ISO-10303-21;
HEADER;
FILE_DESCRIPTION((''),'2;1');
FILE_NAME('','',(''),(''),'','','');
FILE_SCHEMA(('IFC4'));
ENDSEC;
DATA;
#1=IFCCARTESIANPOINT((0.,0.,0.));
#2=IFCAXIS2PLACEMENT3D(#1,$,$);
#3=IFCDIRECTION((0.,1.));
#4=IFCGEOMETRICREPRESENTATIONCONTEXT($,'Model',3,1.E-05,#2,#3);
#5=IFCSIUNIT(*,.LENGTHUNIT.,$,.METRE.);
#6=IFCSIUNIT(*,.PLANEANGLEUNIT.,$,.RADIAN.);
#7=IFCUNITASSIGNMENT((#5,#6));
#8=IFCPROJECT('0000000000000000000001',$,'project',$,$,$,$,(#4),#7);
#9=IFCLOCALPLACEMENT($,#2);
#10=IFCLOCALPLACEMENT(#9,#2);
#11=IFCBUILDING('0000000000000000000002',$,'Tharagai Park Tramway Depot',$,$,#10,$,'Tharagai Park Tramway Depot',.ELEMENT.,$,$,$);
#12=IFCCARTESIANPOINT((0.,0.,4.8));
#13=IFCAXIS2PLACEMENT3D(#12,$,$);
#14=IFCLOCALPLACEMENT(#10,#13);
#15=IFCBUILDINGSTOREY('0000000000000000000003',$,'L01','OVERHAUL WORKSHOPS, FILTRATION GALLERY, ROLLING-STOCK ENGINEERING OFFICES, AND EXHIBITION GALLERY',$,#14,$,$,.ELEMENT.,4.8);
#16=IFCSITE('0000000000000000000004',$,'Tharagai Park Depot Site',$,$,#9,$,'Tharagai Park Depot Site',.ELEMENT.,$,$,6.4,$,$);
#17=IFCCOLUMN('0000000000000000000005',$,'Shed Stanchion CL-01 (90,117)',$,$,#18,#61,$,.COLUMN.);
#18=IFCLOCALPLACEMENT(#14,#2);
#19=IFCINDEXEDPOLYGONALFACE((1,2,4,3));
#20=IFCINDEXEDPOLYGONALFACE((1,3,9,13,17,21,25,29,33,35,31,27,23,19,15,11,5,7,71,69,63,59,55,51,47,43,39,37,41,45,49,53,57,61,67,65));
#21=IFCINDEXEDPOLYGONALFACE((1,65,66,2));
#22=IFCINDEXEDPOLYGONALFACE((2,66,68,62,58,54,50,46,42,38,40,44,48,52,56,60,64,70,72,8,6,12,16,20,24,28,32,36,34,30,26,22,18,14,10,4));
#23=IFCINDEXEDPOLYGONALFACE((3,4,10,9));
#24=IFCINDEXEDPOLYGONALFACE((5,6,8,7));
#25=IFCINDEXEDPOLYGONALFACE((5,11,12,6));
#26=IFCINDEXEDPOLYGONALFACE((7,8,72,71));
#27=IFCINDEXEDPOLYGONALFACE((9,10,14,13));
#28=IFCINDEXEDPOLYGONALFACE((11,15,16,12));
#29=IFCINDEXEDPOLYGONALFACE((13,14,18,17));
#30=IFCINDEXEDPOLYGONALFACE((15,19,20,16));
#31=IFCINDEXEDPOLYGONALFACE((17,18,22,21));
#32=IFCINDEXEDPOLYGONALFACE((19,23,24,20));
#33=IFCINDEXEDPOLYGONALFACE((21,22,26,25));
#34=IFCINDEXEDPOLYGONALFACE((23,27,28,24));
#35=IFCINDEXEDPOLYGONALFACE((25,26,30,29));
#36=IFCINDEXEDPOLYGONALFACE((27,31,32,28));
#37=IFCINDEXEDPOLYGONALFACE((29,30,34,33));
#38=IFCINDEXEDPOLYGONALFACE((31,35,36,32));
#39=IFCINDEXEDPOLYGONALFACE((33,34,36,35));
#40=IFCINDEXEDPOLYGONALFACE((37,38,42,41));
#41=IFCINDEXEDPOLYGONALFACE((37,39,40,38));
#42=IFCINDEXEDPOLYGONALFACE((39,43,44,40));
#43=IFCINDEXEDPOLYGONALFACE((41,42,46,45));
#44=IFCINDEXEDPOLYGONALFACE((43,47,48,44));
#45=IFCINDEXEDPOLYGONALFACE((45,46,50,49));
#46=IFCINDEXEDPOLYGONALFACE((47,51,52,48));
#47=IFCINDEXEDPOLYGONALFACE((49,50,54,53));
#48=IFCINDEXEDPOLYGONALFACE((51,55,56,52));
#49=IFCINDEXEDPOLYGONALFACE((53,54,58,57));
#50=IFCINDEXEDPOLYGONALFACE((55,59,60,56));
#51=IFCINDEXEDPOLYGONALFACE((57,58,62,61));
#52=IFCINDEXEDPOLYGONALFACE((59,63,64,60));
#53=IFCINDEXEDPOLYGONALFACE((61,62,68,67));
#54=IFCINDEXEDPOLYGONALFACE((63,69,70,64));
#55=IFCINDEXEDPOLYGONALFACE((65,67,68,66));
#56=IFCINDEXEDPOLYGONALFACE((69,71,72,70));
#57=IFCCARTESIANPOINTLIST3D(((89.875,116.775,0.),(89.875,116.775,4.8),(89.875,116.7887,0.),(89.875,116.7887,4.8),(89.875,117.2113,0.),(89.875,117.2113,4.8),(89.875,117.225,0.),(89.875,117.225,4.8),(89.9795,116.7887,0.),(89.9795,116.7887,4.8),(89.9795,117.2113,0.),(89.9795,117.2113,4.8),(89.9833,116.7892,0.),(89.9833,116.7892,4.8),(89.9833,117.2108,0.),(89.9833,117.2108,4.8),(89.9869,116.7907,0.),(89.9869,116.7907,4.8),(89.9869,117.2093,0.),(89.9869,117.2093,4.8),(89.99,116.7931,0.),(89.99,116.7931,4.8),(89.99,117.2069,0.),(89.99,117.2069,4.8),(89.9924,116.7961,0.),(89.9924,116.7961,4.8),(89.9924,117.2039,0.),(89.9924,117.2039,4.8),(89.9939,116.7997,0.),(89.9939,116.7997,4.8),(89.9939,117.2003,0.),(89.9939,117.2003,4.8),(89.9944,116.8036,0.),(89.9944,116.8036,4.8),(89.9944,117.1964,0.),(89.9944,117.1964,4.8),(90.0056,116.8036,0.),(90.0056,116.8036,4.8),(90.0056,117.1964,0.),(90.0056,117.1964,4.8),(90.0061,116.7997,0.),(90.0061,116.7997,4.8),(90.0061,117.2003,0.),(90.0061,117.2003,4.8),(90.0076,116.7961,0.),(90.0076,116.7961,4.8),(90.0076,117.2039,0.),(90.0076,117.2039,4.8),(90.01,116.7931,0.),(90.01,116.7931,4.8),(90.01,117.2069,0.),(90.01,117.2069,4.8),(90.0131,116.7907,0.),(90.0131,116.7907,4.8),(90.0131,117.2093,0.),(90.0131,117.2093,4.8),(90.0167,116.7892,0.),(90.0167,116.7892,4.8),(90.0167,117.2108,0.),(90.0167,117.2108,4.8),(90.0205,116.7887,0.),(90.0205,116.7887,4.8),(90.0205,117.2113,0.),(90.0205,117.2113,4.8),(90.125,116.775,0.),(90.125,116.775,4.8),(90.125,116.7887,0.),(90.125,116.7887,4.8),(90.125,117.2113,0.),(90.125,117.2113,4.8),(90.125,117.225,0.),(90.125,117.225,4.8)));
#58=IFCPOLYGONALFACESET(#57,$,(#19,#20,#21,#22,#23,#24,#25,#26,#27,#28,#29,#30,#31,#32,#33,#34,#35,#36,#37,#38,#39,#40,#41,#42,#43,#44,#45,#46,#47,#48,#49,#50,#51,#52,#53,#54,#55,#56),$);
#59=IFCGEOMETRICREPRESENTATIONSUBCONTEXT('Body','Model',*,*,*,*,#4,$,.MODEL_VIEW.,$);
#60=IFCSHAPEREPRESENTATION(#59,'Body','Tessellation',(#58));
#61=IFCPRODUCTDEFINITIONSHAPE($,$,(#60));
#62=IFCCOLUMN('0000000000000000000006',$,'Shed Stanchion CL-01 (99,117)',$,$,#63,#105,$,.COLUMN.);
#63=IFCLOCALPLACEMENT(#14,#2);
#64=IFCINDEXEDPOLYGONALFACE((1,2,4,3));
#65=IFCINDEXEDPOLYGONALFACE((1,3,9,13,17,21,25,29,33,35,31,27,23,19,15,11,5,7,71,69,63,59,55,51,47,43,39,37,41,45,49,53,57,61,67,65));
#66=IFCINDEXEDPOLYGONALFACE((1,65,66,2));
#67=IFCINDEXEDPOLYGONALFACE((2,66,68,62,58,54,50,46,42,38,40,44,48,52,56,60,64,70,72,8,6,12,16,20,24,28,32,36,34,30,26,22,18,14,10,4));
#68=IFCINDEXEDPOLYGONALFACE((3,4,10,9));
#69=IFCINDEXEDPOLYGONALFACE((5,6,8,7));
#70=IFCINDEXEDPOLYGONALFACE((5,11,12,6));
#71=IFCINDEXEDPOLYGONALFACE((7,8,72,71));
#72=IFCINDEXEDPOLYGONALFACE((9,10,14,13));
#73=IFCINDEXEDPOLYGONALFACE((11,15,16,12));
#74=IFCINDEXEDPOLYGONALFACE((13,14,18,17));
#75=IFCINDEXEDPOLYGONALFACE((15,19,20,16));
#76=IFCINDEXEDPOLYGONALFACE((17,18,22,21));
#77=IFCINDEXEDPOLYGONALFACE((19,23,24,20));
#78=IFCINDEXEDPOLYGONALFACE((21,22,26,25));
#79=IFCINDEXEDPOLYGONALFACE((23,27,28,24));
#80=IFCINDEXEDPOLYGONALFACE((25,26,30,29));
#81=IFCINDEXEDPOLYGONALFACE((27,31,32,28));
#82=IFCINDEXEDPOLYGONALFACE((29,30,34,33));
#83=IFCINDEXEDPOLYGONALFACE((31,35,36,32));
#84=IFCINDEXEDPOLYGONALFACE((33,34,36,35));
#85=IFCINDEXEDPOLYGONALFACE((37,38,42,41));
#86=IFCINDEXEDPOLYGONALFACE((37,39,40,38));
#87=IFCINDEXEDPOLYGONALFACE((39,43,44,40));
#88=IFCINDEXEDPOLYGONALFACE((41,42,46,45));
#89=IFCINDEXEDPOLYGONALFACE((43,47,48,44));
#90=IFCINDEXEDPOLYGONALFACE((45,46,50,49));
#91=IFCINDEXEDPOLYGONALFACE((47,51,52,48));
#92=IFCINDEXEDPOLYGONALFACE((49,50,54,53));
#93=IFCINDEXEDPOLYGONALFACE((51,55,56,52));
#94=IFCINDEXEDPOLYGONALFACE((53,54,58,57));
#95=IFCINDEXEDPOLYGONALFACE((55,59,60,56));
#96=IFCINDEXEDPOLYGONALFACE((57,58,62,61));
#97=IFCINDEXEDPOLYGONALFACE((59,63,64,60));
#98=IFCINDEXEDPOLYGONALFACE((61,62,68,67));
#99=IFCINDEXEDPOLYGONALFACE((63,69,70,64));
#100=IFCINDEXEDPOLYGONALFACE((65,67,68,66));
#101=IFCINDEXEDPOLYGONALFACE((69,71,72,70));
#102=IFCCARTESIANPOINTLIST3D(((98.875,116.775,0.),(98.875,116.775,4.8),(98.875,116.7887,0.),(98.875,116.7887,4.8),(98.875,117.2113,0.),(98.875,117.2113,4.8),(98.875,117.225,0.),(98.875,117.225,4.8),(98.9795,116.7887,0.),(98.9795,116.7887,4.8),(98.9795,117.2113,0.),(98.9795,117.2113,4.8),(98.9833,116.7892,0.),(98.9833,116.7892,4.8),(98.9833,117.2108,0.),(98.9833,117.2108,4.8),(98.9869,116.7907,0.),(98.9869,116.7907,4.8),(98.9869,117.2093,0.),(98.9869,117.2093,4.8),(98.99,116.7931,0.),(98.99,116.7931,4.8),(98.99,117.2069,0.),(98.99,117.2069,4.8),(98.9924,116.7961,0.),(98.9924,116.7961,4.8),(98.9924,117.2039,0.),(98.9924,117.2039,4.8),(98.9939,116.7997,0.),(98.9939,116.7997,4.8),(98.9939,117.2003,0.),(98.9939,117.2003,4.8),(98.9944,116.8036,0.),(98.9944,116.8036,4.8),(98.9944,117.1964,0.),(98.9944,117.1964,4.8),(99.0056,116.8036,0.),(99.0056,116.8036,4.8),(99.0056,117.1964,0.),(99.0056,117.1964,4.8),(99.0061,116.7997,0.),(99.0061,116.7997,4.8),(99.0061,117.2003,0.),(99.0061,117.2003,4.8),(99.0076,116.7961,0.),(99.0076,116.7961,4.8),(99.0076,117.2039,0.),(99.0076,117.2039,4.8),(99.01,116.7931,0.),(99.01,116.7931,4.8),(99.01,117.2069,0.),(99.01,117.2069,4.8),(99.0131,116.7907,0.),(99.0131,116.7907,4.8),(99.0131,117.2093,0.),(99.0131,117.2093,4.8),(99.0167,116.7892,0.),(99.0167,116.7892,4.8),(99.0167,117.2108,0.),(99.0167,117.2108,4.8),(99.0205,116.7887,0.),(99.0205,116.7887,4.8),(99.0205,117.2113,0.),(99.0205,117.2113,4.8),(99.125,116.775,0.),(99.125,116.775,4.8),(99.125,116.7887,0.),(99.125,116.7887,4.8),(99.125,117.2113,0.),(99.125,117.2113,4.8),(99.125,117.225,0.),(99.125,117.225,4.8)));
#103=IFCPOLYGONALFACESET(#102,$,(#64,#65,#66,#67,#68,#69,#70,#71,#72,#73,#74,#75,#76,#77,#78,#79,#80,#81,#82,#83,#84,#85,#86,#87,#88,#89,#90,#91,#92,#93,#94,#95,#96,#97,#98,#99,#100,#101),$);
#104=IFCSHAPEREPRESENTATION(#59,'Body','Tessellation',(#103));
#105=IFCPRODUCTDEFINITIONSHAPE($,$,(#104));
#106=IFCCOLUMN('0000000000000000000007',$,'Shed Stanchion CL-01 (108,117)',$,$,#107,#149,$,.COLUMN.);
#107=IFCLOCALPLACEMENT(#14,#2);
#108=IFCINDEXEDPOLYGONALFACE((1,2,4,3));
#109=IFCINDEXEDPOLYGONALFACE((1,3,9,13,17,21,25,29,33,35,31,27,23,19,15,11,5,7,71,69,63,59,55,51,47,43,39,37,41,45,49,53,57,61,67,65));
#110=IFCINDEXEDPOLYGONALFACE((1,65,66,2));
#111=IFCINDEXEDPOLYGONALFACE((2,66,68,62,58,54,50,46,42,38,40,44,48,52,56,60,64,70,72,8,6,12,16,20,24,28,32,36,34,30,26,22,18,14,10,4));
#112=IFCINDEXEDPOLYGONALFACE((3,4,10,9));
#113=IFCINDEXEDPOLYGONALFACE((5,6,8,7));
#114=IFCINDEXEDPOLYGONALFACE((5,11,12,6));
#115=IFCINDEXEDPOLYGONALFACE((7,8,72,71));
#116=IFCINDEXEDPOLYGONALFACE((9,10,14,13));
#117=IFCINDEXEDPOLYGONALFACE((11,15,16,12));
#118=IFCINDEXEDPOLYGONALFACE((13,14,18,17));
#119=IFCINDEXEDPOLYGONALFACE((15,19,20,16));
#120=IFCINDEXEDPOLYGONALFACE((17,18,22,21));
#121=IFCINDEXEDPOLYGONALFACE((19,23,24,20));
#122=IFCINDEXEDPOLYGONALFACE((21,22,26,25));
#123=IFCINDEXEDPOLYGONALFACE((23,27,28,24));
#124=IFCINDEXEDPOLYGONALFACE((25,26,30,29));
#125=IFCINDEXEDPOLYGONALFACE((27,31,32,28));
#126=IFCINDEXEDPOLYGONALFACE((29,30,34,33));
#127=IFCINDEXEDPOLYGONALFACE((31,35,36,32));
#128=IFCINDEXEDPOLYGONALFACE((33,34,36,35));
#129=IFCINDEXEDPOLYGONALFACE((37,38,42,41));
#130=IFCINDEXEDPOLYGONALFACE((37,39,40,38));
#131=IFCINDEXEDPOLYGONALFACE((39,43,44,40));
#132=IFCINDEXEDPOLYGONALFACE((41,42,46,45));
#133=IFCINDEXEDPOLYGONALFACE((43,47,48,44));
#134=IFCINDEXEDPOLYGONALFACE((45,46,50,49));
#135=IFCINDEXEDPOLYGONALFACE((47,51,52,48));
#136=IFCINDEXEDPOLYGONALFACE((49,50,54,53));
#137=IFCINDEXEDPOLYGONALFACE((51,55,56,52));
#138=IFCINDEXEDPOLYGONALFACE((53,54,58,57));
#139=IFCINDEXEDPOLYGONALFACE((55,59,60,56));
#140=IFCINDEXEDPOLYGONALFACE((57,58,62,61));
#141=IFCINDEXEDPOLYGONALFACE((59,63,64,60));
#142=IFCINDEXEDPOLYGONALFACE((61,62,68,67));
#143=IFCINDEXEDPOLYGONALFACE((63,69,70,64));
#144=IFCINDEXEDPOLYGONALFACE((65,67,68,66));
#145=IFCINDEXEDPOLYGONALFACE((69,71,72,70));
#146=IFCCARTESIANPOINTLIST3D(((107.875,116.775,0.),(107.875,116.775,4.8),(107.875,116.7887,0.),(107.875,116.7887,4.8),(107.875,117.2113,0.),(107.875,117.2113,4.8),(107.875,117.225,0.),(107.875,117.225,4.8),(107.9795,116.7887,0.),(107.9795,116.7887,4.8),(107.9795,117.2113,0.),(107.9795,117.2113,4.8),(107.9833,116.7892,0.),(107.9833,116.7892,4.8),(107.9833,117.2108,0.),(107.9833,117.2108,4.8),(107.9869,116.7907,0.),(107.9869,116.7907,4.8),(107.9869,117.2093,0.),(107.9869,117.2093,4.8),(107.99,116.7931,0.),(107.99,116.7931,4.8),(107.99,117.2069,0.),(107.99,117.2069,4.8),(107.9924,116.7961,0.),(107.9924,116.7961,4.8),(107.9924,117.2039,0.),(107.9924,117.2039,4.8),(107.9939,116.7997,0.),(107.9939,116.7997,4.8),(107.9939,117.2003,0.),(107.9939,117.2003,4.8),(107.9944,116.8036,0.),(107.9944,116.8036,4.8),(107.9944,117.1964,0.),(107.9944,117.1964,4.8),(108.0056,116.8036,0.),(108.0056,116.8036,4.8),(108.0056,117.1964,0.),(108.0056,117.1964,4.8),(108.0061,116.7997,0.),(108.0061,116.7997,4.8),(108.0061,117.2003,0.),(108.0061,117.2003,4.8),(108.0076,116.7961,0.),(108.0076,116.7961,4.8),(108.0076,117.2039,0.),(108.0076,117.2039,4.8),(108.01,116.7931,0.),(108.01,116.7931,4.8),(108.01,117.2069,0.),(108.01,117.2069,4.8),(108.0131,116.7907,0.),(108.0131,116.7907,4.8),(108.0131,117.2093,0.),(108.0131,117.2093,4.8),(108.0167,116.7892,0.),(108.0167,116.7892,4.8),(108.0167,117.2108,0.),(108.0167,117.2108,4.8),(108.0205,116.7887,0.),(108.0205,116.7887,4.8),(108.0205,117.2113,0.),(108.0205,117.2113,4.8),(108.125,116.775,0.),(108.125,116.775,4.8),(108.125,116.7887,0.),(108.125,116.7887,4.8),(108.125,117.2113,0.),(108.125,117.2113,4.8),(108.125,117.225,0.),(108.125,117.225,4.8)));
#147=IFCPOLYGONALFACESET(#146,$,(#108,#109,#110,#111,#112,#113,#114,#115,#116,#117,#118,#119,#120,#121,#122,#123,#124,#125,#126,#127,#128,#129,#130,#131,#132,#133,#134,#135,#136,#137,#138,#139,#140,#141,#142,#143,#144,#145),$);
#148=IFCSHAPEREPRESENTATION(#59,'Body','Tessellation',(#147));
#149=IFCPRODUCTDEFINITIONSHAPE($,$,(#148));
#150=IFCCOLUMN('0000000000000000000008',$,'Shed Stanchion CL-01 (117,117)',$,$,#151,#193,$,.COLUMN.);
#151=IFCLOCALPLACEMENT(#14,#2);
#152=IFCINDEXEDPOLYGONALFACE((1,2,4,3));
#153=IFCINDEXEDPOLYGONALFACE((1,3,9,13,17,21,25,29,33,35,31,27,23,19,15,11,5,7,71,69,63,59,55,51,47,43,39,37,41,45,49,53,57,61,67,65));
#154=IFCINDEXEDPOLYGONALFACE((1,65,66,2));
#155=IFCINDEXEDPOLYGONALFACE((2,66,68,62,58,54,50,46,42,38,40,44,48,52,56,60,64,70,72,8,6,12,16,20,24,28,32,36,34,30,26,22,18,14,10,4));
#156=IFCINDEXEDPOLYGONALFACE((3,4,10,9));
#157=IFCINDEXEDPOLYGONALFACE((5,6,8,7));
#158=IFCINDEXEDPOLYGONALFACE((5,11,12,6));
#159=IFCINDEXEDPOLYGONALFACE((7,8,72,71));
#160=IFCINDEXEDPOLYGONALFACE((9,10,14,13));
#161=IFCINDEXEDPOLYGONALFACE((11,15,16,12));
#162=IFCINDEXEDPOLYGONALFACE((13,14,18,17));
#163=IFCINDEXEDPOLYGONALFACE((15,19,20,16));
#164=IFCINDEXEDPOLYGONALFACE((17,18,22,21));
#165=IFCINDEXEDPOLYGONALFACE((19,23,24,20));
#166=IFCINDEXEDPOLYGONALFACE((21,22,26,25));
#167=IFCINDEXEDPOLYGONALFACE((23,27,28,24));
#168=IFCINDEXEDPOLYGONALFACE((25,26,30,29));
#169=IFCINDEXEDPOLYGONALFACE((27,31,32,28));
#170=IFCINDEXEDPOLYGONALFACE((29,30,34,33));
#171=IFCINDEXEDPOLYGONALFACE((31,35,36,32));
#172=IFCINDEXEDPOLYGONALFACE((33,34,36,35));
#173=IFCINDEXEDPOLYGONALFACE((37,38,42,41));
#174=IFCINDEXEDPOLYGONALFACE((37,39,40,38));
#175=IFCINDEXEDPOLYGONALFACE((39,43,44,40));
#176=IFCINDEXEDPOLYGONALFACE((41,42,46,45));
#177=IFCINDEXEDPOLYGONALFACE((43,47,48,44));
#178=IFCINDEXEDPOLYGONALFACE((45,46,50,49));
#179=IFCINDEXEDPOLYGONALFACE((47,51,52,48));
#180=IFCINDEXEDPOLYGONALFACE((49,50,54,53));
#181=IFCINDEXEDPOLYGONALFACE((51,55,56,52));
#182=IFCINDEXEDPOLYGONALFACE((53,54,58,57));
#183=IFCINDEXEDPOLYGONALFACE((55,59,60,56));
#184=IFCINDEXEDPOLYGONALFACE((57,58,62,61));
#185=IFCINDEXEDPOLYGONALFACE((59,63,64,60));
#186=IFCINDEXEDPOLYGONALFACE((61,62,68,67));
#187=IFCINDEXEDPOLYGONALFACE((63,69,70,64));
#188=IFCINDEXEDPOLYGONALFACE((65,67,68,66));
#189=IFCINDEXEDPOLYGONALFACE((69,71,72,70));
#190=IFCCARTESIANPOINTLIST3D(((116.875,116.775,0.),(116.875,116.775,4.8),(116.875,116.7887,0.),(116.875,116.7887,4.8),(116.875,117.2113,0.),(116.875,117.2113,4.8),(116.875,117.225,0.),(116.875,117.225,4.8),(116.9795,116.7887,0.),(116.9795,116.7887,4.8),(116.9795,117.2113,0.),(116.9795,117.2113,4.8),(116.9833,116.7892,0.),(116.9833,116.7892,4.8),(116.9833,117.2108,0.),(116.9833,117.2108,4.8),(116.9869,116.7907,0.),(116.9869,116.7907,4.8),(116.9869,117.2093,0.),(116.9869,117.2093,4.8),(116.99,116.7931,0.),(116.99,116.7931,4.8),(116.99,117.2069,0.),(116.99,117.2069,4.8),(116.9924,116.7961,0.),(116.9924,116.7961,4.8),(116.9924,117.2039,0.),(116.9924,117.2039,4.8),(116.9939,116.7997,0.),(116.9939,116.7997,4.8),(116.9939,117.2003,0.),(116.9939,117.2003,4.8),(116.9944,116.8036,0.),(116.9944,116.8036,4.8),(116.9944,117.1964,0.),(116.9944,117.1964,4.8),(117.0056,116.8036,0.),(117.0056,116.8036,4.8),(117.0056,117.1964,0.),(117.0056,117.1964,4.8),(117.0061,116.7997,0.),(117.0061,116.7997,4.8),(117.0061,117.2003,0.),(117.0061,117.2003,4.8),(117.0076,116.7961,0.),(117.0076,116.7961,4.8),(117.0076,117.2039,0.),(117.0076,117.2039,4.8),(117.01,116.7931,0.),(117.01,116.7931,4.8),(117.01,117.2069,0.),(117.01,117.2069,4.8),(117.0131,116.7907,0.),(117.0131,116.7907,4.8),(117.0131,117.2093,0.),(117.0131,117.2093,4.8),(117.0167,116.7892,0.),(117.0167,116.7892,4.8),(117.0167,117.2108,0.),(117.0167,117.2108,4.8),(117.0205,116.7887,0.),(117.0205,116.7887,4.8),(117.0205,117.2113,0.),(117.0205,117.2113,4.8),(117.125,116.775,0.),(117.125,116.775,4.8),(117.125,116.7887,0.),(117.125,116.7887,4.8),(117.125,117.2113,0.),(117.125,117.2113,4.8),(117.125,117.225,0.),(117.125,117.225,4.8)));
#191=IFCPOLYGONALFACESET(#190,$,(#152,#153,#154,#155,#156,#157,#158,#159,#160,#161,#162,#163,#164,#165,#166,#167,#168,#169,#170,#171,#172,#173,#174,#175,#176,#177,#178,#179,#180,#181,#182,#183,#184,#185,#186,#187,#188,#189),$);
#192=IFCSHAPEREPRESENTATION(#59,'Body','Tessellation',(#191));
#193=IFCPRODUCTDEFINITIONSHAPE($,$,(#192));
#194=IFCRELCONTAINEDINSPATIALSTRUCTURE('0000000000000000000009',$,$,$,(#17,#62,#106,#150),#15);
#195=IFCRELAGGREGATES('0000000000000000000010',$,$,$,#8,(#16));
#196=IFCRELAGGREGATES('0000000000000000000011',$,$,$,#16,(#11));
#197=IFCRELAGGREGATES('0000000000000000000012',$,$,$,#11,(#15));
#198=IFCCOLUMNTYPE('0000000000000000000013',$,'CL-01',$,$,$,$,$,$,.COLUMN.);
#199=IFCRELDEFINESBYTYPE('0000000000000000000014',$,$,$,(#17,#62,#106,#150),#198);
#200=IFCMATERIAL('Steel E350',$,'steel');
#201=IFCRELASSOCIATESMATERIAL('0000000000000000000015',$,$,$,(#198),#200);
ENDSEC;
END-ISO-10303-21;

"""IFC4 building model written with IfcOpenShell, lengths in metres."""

from ifc_helpers import new_model, si_unit, direction, frame, origin, origin_2d, place, context, subcontext, project, spatial, i_section, extrude, material, material_profile, profile_set, type_object, element, save


model = new_model("IFC4")

# Units and contexts
model_context = context("Model", 3, precision=1e-05, world=origin(), true_north=direction((0.0, 1.0)))
body_context = subcontext(model_context, "Body", "Model", "MODEL_VIEW")
ifc_project = project(units=[si_unit("LENGTHUNIT", "METRE"), si_unit("PLANEANGLEUNIT", "RADIAN")], contexts=[model_context])

# Site, building, storey
site_placement = place(None, origin())
site = spatial("IfcSite", under=ifc_project, at=site_placement, Name="Tharagai Park Depot Site", LongName="Tharagai Park Depot Site", CompositionType="ELEMENT", RefElevation=6.4)
building_placement = place(site_placement, origin())
building = spatial("IfcBuilding", under=site, at=building_placement, Name="Tharagai Park Tramway Depot", LongName="Tharagai Park Tramway Depot", CompositionType="ELEMENT")
storey_placement = place(building_placement, frame((0.0, 0.0, 4.8)))
storey = spatial("IfcBuildingStorey", under=building, at=storey_placement, Name="L01", Description="OVERHAUL WORKSHOPS, FILTRATION GALLERY, ROLLING-STOCK ENGINEERING OFFICES, AND EXHIBITION GALLERY", CompositionType="ELEMENT", Elevation=4.8)

# Columns
ifc_material_1 = material(Name="Steel E350", Category="steel")
ifc_material_profile_1 = material_profile(ifc_material_1, i_section(OverallWidth=0.25, OverallDepth=0.45, WebThickness=0.0112, FlangeThickness=0.0137, FilletRadius=0.0149, at=origin_2d()), Name="ISHB 450")
ifc_profile_set_1 = profile_set([ifc_material_profile_1], Name="Steel E350")
column_type_1 = type_object("IfcColumnType", Name="CL-01", PredefinedType="COLUMN", material=ifc_profile_set_1)
for number, where, z_axis, x_axis, name in (
    (1, (90.0, 117.0, 0.0), (0.0, 0.0, 1.0), (1.0, 0.0, 0.0), "Shed Stanchion CL-01 (90,117)"),
    (2, (99.0, 117.0, 0.0), (0.0, 0.0, 1.0), (1.0, 0.0, 0.0), "Shed Stanchion CL-01 (99,117)"),
    (3, (108.0, 117.0, 0.0), (0.0, 0.0, 1.0), (1.0, 0.0, 0.0), "Shed Stanchion CL-01 (108,117)"),
    (4, (117.0, 117.0, 0.0), (0.0, 0.0, 1.0), (1.0, 0.0, 0.0), "Shed Stanchion CL-01 (117,117)"),
):
    element("IfcColumn", number, at=place(storey_placement, frame(where, z_axis=z_axis, x_axis=x_axis)), inside=storey, type_object=column_type_1, Name=name, PredefinedType="COLUMN", context=body_context, shape_type="SweptSolid", body=[
        extrude(i_section(OverallWidth=0.25, OverallDepth=0.45, WebThickness=0.0112, FlangeThickness=0.0137, FilletRadius=0.0149, at=origin_2d()), origin(), (0.0, 0.0, 1.0), 4.8),
    ])

save(model, "model.ifc")
